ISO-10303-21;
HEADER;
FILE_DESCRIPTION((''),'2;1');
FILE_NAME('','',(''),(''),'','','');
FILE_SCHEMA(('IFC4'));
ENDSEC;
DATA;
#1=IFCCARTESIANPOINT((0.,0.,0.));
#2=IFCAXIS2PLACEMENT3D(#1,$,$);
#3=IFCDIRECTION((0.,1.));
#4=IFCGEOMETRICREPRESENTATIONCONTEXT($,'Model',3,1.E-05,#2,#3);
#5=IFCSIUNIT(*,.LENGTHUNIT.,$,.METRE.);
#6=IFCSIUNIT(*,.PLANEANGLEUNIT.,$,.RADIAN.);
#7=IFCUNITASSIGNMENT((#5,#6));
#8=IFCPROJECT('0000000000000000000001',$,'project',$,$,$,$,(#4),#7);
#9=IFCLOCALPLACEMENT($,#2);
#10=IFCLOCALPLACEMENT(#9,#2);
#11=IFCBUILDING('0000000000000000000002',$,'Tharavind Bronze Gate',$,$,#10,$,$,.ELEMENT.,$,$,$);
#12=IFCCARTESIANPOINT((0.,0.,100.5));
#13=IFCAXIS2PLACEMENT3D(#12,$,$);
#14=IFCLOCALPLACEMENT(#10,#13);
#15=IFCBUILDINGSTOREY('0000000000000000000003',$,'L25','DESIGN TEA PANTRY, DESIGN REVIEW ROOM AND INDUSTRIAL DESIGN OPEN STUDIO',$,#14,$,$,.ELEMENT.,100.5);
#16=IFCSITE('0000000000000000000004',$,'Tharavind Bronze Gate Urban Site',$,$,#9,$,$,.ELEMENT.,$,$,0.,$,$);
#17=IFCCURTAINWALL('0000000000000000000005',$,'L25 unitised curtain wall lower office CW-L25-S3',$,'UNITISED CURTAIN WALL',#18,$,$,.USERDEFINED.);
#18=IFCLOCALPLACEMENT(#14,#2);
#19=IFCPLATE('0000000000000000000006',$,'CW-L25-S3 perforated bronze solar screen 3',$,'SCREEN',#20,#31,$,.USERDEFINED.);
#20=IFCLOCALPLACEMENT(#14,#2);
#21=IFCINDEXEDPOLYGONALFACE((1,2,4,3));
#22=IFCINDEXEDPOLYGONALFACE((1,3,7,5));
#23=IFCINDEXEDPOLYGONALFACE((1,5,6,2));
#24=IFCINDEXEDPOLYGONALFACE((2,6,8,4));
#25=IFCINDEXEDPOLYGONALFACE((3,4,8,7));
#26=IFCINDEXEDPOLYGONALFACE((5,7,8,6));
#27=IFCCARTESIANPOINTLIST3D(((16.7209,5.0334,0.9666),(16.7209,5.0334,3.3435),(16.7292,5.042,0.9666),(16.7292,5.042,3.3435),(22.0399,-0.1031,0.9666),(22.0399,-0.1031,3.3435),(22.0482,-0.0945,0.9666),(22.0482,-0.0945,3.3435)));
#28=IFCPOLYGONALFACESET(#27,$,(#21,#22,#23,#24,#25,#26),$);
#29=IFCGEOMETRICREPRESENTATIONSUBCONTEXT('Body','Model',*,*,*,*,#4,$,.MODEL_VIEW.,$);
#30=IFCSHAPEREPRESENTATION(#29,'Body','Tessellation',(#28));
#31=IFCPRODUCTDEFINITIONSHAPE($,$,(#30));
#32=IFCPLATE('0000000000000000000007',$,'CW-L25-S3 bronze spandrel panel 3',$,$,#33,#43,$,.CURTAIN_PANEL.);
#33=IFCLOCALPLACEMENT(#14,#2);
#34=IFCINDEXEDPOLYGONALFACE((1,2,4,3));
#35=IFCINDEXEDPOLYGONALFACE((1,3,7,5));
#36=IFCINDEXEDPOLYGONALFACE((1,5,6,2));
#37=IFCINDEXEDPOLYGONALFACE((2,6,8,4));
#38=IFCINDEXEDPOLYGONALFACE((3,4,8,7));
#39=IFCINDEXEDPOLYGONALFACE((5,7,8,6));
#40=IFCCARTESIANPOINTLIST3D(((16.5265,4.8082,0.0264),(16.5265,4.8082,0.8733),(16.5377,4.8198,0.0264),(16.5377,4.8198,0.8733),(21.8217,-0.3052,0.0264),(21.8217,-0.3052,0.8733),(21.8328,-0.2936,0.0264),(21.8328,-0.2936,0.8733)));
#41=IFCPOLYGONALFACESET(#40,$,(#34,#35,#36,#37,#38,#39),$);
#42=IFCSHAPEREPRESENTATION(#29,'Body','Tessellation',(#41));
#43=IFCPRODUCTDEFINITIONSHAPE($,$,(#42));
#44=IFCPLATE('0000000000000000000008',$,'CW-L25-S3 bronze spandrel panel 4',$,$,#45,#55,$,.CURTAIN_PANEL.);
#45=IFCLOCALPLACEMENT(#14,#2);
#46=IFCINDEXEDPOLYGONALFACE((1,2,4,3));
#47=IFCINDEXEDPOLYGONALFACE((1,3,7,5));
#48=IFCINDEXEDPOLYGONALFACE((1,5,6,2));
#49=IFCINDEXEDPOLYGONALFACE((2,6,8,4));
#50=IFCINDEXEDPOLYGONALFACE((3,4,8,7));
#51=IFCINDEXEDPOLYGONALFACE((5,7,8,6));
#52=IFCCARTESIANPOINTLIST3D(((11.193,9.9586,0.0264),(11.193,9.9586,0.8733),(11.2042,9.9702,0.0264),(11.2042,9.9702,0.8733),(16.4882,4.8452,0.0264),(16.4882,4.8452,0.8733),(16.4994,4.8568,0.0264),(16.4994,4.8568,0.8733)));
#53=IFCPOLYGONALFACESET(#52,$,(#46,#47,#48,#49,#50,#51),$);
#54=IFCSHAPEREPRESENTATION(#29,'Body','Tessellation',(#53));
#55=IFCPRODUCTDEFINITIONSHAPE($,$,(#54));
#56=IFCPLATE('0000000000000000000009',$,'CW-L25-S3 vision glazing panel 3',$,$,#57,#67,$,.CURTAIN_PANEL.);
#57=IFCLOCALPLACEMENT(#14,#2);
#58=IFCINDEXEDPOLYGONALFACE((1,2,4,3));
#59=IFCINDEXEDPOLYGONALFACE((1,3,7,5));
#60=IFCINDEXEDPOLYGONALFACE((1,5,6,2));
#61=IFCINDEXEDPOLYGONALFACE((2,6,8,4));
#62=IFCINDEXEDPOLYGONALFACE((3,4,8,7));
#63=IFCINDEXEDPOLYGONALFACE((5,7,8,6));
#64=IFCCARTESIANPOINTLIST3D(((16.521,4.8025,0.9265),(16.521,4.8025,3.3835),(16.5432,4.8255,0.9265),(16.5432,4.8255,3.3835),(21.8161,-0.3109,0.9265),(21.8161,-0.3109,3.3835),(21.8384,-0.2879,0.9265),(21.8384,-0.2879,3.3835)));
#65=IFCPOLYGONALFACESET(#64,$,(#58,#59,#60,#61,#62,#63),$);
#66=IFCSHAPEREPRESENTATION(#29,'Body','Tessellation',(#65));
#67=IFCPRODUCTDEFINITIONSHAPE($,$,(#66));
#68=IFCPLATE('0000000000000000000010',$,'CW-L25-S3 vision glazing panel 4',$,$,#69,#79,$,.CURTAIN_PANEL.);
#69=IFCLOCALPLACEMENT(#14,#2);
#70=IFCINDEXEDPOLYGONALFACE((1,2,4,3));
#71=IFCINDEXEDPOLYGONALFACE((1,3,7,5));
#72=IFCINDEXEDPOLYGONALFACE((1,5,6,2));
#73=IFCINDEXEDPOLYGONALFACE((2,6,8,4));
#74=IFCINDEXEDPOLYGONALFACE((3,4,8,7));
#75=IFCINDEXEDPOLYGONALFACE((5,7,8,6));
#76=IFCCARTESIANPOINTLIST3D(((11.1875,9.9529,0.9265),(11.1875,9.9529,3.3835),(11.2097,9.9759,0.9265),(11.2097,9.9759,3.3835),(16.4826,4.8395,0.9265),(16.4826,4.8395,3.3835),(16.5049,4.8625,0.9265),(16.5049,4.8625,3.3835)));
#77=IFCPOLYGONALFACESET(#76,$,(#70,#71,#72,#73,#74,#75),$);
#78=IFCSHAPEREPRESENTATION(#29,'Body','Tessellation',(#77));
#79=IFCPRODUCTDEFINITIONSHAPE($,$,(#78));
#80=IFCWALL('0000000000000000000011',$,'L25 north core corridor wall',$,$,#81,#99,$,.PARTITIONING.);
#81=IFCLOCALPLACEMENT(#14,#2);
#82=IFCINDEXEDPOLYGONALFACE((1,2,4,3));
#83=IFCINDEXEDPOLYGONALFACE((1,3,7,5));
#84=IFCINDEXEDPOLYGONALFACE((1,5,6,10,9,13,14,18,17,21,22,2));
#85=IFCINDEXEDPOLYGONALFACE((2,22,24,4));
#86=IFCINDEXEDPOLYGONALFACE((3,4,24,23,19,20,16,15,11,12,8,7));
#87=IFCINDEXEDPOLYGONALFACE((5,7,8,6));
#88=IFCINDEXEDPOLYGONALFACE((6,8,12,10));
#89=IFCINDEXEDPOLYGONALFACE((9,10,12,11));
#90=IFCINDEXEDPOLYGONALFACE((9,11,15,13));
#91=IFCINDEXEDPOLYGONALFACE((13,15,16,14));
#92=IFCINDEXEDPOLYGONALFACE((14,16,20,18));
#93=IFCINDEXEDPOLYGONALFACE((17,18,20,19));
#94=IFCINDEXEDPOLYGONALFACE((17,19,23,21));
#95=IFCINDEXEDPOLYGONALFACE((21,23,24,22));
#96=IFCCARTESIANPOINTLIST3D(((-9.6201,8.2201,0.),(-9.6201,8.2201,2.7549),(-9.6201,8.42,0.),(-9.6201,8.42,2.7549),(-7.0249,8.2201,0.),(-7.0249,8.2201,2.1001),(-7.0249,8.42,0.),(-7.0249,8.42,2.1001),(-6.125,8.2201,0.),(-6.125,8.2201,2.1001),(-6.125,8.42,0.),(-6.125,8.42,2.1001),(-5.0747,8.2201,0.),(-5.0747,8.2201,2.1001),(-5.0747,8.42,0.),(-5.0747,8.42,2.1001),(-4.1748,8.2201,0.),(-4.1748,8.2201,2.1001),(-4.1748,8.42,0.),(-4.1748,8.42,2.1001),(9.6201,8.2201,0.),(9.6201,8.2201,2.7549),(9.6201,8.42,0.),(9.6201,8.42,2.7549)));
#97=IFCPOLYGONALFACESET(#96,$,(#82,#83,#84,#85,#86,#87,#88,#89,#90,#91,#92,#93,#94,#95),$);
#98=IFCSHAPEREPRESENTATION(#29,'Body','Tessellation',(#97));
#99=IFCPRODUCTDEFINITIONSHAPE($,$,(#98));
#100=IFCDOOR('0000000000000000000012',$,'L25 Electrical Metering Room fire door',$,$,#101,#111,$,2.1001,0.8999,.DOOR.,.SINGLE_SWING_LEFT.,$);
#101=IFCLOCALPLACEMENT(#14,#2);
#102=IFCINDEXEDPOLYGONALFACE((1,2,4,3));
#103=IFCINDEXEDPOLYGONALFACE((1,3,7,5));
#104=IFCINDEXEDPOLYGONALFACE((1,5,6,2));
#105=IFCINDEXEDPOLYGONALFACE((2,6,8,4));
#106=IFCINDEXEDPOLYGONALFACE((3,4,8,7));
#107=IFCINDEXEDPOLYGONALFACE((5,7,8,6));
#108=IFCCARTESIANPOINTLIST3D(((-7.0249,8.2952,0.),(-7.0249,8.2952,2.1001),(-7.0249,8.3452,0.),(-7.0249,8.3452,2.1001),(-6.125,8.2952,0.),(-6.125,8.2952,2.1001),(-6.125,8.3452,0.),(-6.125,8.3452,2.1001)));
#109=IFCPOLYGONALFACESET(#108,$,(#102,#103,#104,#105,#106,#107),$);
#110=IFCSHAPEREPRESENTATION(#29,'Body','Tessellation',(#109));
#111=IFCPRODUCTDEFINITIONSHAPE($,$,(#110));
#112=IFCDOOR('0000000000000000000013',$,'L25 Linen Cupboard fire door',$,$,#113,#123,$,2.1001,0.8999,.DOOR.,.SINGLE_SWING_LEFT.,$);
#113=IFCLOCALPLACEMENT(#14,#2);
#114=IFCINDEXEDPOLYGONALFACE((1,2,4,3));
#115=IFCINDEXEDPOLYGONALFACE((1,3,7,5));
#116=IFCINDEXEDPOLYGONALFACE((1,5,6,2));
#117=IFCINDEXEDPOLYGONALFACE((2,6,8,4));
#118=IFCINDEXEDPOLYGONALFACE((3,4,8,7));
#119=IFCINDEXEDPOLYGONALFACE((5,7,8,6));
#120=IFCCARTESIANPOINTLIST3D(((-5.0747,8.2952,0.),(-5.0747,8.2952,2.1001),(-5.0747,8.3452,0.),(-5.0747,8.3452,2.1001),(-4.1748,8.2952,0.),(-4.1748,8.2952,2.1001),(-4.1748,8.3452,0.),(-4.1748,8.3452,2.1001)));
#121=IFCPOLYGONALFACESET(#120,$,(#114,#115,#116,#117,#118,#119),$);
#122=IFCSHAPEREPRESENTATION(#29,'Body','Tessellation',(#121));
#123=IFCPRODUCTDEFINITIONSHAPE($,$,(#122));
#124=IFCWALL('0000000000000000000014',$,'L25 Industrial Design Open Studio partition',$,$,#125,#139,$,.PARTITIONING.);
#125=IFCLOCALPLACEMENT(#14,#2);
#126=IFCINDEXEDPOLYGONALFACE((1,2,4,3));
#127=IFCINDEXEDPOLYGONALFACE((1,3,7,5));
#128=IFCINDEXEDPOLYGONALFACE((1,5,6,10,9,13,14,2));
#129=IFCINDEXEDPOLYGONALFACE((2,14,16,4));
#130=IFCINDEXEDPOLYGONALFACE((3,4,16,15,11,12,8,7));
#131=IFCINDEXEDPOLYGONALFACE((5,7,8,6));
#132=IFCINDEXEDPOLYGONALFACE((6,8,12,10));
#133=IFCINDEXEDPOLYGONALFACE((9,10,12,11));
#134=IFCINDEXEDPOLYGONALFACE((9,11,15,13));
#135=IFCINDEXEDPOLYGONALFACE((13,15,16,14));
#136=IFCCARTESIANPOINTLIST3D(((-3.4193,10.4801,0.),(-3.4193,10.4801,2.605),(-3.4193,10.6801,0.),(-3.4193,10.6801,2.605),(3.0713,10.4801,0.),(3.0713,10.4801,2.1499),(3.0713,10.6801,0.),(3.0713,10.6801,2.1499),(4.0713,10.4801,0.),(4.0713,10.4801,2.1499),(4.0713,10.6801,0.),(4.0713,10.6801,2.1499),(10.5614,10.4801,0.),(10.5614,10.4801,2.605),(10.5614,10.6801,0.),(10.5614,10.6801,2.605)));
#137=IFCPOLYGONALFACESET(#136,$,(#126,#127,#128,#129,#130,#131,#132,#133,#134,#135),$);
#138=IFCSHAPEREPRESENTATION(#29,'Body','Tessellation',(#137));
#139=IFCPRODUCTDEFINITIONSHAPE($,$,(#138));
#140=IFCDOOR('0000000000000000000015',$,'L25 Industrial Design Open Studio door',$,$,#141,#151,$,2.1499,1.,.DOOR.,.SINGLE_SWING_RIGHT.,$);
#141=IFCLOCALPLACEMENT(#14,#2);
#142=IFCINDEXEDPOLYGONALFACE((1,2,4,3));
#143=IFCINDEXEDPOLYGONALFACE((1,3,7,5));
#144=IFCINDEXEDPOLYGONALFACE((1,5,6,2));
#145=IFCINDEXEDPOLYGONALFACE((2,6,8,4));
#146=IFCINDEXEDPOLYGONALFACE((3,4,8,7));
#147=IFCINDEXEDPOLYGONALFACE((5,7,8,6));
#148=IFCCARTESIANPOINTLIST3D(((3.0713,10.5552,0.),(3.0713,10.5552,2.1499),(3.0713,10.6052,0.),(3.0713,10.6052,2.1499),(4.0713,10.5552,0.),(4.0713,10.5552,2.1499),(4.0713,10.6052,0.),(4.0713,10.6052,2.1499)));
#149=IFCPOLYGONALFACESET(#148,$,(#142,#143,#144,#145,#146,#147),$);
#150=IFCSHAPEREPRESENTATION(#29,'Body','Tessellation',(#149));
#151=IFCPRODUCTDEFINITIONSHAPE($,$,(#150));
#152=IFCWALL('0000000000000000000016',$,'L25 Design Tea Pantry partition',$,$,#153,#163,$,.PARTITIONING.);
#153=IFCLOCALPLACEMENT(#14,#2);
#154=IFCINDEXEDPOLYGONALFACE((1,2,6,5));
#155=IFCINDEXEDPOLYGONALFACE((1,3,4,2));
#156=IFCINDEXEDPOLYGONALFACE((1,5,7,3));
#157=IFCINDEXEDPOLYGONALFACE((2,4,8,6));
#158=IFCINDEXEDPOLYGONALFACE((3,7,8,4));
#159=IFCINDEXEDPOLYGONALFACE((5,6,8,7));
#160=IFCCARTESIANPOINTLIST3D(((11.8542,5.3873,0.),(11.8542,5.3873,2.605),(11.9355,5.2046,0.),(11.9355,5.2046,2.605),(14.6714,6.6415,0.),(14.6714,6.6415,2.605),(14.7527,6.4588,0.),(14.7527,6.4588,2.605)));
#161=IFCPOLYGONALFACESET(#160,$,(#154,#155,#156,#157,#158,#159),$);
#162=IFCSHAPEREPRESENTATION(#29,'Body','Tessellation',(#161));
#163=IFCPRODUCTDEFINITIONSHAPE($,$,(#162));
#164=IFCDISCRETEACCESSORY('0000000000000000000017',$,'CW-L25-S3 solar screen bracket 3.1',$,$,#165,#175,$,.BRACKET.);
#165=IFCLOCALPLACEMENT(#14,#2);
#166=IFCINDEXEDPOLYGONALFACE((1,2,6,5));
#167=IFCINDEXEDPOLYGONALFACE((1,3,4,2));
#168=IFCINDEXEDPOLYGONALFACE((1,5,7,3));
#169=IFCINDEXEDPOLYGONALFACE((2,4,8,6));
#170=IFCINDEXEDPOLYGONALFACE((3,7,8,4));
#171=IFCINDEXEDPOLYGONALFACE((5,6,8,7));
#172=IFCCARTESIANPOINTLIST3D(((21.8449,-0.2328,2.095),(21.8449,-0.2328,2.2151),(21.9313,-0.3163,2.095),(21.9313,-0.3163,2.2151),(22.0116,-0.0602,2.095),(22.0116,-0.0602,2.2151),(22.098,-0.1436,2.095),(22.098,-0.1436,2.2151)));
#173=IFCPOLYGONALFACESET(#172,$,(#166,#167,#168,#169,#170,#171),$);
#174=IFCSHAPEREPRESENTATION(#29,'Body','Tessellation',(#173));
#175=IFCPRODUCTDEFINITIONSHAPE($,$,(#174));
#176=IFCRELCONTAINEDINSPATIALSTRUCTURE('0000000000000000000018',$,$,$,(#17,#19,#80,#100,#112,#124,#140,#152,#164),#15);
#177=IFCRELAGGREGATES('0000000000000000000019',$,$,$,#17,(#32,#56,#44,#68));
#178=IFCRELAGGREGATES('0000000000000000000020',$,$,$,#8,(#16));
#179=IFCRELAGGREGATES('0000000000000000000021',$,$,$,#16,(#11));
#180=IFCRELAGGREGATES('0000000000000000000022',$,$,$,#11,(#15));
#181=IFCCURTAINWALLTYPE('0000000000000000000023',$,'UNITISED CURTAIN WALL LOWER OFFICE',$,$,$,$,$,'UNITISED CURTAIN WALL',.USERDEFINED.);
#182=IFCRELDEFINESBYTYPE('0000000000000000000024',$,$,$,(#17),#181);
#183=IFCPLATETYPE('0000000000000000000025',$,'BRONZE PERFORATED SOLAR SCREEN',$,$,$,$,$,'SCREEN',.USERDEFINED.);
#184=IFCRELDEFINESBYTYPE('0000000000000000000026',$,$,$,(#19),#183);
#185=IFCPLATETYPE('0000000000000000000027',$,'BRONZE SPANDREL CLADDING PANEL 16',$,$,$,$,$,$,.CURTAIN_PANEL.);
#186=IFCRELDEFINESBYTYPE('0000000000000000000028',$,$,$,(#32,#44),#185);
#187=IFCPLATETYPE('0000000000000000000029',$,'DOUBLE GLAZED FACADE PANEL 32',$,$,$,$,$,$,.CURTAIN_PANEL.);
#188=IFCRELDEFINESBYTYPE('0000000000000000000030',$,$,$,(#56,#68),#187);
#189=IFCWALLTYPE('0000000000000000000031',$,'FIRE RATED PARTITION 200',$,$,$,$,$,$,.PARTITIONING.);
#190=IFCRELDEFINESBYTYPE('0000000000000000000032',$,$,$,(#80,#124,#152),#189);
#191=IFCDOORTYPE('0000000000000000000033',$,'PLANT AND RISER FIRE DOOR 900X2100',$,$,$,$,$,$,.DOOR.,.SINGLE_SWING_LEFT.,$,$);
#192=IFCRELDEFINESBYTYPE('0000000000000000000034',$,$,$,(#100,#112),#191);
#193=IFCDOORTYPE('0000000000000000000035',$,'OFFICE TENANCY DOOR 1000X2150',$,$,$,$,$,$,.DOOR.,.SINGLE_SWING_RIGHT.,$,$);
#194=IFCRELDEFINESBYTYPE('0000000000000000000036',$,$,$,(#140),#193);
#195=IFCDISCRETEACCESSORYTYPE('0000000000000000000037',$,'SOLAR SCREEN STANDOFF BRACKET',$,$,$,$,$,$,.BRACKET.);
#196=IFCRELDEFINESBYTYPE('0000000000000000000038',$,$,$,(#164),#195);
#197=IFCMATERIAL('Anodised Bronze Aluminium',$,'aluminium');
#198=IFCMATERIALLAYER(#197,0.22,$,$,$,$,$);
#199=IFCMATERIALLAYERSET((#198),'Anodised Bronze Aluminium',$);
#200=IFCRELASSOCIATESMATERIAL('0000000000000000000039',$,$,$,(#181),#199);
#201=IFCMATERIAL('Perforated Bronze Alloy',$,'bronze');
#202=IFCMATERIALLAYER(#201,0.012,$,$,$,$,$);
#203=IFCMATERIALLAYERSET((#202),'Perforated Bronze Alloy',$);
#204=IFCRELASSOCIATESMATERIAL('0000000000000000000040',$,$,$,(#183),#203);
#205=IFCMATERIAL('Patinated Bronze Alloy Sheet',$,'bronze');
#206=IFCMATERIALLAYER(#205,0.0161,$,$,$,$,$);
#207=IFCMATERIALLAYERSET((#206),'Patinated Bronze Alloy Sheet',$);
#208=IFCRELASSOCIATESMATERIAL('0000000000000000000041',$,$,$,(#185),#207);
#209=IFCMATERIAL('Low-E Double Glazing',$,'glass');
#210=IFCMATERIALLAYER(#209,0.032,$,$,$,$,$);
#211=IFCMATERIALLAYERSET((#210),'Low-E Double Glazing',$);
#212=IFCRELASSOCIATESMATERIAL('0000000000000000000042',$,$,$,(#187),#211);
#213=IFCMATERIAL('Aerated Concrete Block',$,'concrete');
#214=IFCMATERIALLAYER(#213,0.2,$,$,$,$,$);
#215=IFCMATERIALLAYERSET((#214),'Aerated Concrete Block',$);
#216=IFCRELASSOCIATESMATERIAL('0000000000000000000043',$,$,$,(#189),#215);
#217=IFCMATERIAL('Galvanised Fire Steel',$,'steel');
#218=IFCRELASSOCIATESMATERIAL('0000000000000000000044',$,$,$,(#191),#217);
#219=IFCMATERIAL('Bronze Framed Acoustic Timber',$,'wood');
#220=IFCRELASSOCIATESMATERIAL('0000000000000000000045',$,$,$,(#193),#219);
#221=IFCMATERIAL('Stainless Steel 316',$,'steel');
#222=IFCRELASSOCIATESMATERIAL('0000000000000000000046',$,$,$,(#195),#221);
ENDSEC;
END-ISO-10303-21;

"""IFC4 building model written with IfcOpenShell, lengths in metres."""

from ifc_helpers import new_model, si_unit, direction, frame, frame_2d, origin, origin_2d, place, context, subcontext, project, spatial, rectangle, extrude, material, layer, layer_set, type_object, element, fill, aggregate, save


model = new_model("IFC4")

# Units and contexts
model_context = context("Model", 3, precision=1e-05, world=origin(), true_north=direction((0.0, 1.0)))
body_context = subcontext(model_context, "Body", "Model", "MODEL_VIEW")
ifc_project = project(units=[si_unit("LENGTHUNIT", "METRE"), si_unit("PLANEANGLEUNIT", "RADIAN")], contexts=[model_context])

# Site, building, storey
site_placement = place(None, origin())
site = spatial("IfcSite", under=ifc_project, at=site_placement, Name="Tharavind Bronze Gate Urban Site", CompositionType="ELEMENT", RefElevation=0.0)
building_placement = place(site_placement, origin())
building = spatial("IfcBuilding", under=site, at=building_placement, Name="Tharavind Bronze Gate", CompositionType="ELEMENT")
storey_placement = place(building_placement, frame((0.0, 0.0, 100.5)))
storey = spatial("IfcBuildingStorey", under=building, at=storey_placement, Name="L25", Description="DESIGN TEA PANTRY, DESIGN REVIEW ROOM AND INDUSTRIAL DESIGN OPEN STUDIO", CompositionType="ELEMENT", Elevation=100.5)

# Curtain wall
ifc_material_1 = material(Name="Anodised Bronze Aluminium", Category="aluminium")
ifc_layer_1 = layer(ifc_material_1, 0.22)
ifc_layer_set_1 = layer_set([ifc_layer_1], Name="Anodised Bronze Aluminium")
curtain_wall_type = type_object("IfcCurtainWallType", Name="UNITISED CURTAIN WALL LOWER OFFICE", ElementType="UNITISED CURTAIN WALL", PredefinedType="USERDEFINED", material=ifc_layer_set_1)
curtain_wall_placement = place(storey_placement, origin())
curtain_wall = element("IfcCurtainWall", 1, at=curtain_wall_placement, inside=storey, type_object=curtain_wall_type, Name="L25 unitised curtain wall lower office CW-L25-S3", ObjectType="UNITISED CURTAIN WALL", PredefinedType="USERDEFINED")

# Plates
ifc_material_2 = material(Name="Perforated Bronze Alloy", Category="bronze")
ifc_layer_2 = layer(ifc_material_2, 0.012)
ifc_layer_set_2 = layer_set([ifc_layer_2], Name="Perforated Bronze Alloy")
plate_type_1 = type_object("IfcPlateType", Name="BRONZE PERFORATED SOLAR SCREEN", ElementType="SCREEN", PredefinedType="USERDEFINED", material=ifc_layer_set_2)
plate_1_placement = place(storey_placement, frame((19.3845, 2.4695, 0.9666), z_axis=(0.0, 0.0, 1.0), x_axis=(-0.719341, 0.694657, 0.0)))
element("IfcPlate", 2, at=plate_1_placement, inside=storey, type_object=plate_type_1, Name="CW-L25-S3 perforated bronze solar screen 3", ObjectType="SCREEN", PredefinedType="USERDEFINED", context=body_context, shape_type="SweptSolid", body=[
    extrude(rectangle(XDim=7.3943, YDim=0.012, at=origin_2d()), origin(), (0.0, 0.0, 1.0), 2.377),
])
ifc_material_3 = material(Name="Patinated Bronze Alloy Sheet", Category="bronze")
ifc_layer_3 = layer(ifc_material_3, 0.0161)
ifc_layer_set_3 = layer_set([ifc_layer_3], Name="Patinated Bronze Alloy Sheet")
plate_type_2 = type_object("IfcPlateType", Name="BRONZE SPANDREL CLADDING PANEL 16", PredefinedType="CURTAIN_PANEL", material=ifc_layer_set_3)
plate_2_placement = place(storey_placement, frame((19.1797, 2.2573, 0.0264), z_axis=(0.0, 0.0, 1.0), x_axis=(-0.719341, 0.694657, 0.0)))
plate_2 = element("IfcPlate", 3, at=plate_2_placement, type_object=plate_type_2, Name="CW-L25-S3 bronze spandrel panel 3", PredefinedType="CURTAIN_PANEL", context=body_context, shape_type="SweptSolid", body=[
    extrude(rectangle(XDim=7.3611, YDim=0.0161, at=origin_2d()), origin(), (0.0, 0.0, 1.0), 0.8469),
])
plate_3_placement = place(storey_placement, frame((13.8462, 7.4077, 0.0264), z_axis=(0.0, 0.0, 1.0), x_axis=(-0.719341, 0.694657, 0.0)))
plate_3 = element("IfcPlate", 4, at=plate_3_placement, type_object=plate_type_2, Name="CW-L25-S3 bronze spandrel panel 4", PredefinedType="CURTAIN_PANEL", context=body_context, shape_type="SweptSolid", body=[
    extrude(rectangle(XDim=7.3611, YDim=0.0161, at=origin_2d()), origin(), (0.0, 0.0, 1.0), 0.8469),
])
ifc_material_4 = material(Name="Low-E Double Glazing", Category="glass")
ifc_layer_4 = layer(ifc_material_4, 0.032)
ifc_layer_set_4 = layer_set([ifc_layer_4], Name="Low-E Double Glazing")
plate_type_3 = type_object("IfcPlateType", Name="DOUBLE GLAZED FACADE PANEL 32", PredefinedType="CURTAIN_PANEL", material=ifc_layer_set_4)
plate_4_placement = place(storey_placement, frame((19.1797, 2.2573, 0.9265), z_axis=(0.0, 0.0, 1.0), x_axis=(-0.719341, 0.694657, 0.0)))
plate_4 = element("IfcPlate", 5, at=plate_4_placement, type_object=plate_type_3, Name="CW-L25-S3 vision glazing panel 3", PredefinedType="CURTAIN_PANEL", context=body_context, shape_type="SweptSolid", body=[
    extrude(rectangle(XDim=7.3611, YDim=0.032, at=origin_2d()), origin(), (0.0, 0.0, 1.0), 2.457),
])
plate_5_placement = place(storey_placement, frame((13.8462, 7.4077, 0.9265), z_axis=(0.0, 0.0, 1.0), x_axis=(-0.719341, 0.694657, 0.0)))
plate_5 = element("IfcPlate", 6, at=plate_5_placement, type_object=plate_type_3, Name="CW-L25-S3 vision glazing panel 4", PredefinedType="CURTAIN_PANEL", context=body_context, shape_type="SweptSolid", body=[
    extrude(rectangle(XDim=7.3611, YDim=0.032, at=origin_2d()), origin(), (0.0, 0.0, 1.0), 2.457),
])
aggregate(curtain_wall, [plate_2, plate_4, plate_3, plate_5])

# Wall, openings, doors
ifc_material_5 = material(Name="Aerated Concrete Block", Category="concrete")
ifc_layer_5 = layer(ifc_material_5, 0.2)
ifc_layer_set_5 = layer_set([ifc_layer_5], Name="Aerated Concrete Block")
wall_type = type_object("IfcWallType", Name="FIRE RATED PARTITION 200", PredefinedType="PARTITIONING", material=ifc_layer_set_5)
wall_1_placement = place(storey_placement, frame((9.6201, 8.3201, 0.0), z_axis=(0.0, 0.0, 1.0), x_axis=(-1.0, 0.0, 0.0)))
wall_1 = element("IfcWall", 7, at=wall_1_placement, inside=storey, type_object=wall_type, Name="L25 north core corridor wall", PredefinedType="PARTITIONING", context=body_context, shape_type="SweptSolid", body=[
    extrude(rectangle(XDim=19.2402, YDim=0.2, at=frame_2d((9.6201, 0.0))), origin(), (0.0, 0.0, 1.0), 2.7549),
])
opening_1_placement = place(wall_1_placement, frame((15.7451, 0.0, 0.0)))
opening_1 = element("IfcOpeningElement", 8, at=opening_1_placement, cuts=wall_1, PredefinedType="OPENING", context=body_context, shape_type="SweptSolid", body=[
    extrude(rectangle(XDim=0.8999, YDim=2.1001, at=frame_2d((0.45, 1.05))), frame((0.0, 0.1101, 0.0), z_axis=(0.0, -1.0, 0.0), x_axis=(1.0, 0.0, 0.0)), (0.0, 0.0, 1.0), 0.22),
])
opening_2_placement = place(wall_1_placement, frame((13.7949, 0.0, 0.0)))
opening_2 = element("IfcOpeningElement", 9, at=opening_2_placement, cuts=wall_1, PredefinedType="OPENING", context=body_context, shape_type="SweptSolid", body=[
    extrude(rectangle(XDim=0.8999, YDim=2.1001, at=frame_2d((0.45, 1.05))), frame((0.0, 0.1101, 0.0), z_axis=(0.0, -1.0, 0.0), x_axis=(1.0, 0.0, 0.0)), (0.0, 0.0, 1.0), 0.22),
])
ifc_material_6 = material(Name="Galvanised Fire Steel", Category="steel")
door_type_1 = type_object("IfcDoorType", Name="PLANT AND RISER FIRE DOOR 900X2100", OperationType="SINGLE_SWING_LEFT", PredefinedType="DOOR", material=ifc_material_6)
door_1_placement = place(opening_1_placement, origin())
door_1 = element("IfcDoor", 10, at=door_1_placement, inside=storey, type_object=door_type_1, Name="L25 Electrical Metering Room fire door", OperationType="SINGLE_SWING_LEFT", OverallHeight=2.1001, OverallWidth=0.8999, PredefinedType="DOOR", context=body_context, shape_type="SweptSolid", body=[
    extrude(rectangle(XDim=0.8999, YDim=2.1001, at=frame_2d((0.45, 1.05))), frame((0.0, 0.0249, 0.0), z_axis=(0.0, -1.0, 0.0), x_axis=(1.0, 0.0, 0.0)), (0.0, 0.0, 1.0), 0.05),
])
fill(opening_1, door_1)
door_2_placement = place(opening_2_placement, origin())
door_2 = element("IfcDoor", 11, at=door_2_placement, inside=storey, type_object=door_type_1, Name="L25 Linen Cupboard fire door", OperationType="SINGLE_SWING_LEFT", OverallHeight=2.1001, OverallWidth=0.8999, PredefinedType="DOOR", context=body_context, shape_type="SweptSolid", body=[
    extrude(rectangle(XDim=0.8999, YDim=2.1001, at=frame_2d((0.45, 1.05))), frame((0.0, 0.0249, 0.0), z_axis=(0.0, -1.0, 0.0), x_axis=(1.0, 0.0, 0.0)), (0.0, 0.0, 1.0), 0.05),
])
fill(opening_2, door_2)

# Wall, opening, door
wall_2_placement = place(storey_placement, frame((10.5613, 10.5801, 0.0), z_axis=(0.0, 0.0, 1.0), x_axis=(-1.0, 0.0, 0.0)))
wall_2 = element("IfcWall", 12, at=wall_2_placement, inside=storey, type_object=wall_type, Name="L25 Industrial Design Open Studio partition", PredefinedType="PARTITIONING", context=body_context, shape_type="SweptSolid", body=[
    extrude(rectangle(XDim=13.9807, YDim=0.2, at=frame_2d((6.9902, 0.0))), origin(), (0.0, 0.0, 1.0), 2.605),
])
opening_3_placement = place(wall_2_placement, frame((6.49, 0.0, 0.0)))
opening_3 = element("IfcOpeningElement", 13, at=opening_3_placement, cuts=wall_2, PredefinedType="OPENING", context=body_context, shape_type="SweptSolid", body=[
    extrude(rectangle(XDim=1.0, YDim=2.1499, at=frame_2d((0.5, 1.075))), frame((0.0, 0.1101, 0.0), z_axis=(0.0, -1.0, 0.0), x_axis=(1.0, 0.0, 0.0)), (0.0, 0.0, 1.0), 0.22),
])
ifc_material_7 = material(Name="Bronze Framed Acoustic Timber", Category="wood")
door_type_2 = type_object("IfcDoorType", Name="OFFICE TENANCY DOOR 1000X2150", OperationType="SINGLE_SWING_RIGHT", PredefinedType="DOOR", material=ifc_material_7)
door_3_placement = place(opening_3_placement, origin())
door_3 = element("IfcDoor", 14, at=door_3_placement, inside=storey, type_object=door_type_2, Name="L25 Industrial Design Open Studio door", OperationType="SINGLE_SWING_RIGHT", OverallHeight=2.1499, OverallWidth=1.0, PredefinedType="DOOR", context=body_context, shape_type="SweptSolid", body=[
    extrude(rectangle(XDim=1.0, YDim=2.1499, at=frame_2d((0.5, 1.075))), frame((0.0, 0.0249, 0.0), z_axis=(0.0, -1.0, 0.0), x_axis=(1.0, 0.0, 0.0)), (0.0, 0.0, 1.0), 0.05),
])
fill(opening_3, door_3)

# Wall
wall_3_placement = place(storey_placement, frame((11.8948, 5.2959, 0.0), z_axis=(0.0, 0.0, 1.0), x_axis=(0.91356, 0.406704, 0.0)))
element("IfcWall", 15, at=wall_3_placement, inside=storey, type_object=wall_type, Name="L25 Design Tea Pantry partition", PredefinedType="PARTITIONING", context=body_context, shape_type="SweptSolid", body=[
    extrude(rectangle(XDim=3.0837, YDim=0.2, at=frame_2d((1.542, 0.0))), origin(), (0.0, 0.0, 1.0), 2.605),
])

# Discrete accessory
ifc_material_8 = material(Name="Stainless Steel 316", Category="steel")
discrete_accessory_type = type_object("IfcDiscreteAccessoryType", Name="SOLAR SCREEN STANDOFF BRACKET", PredefinedType="BRACKET", material=ifc_material_8)
for number, where, z_axis, x_axis, name in (
    (16, (21.9714, -0.1882, 2.095), (0.0, 0.0, 1.0), (-0.719341, 0.694657, 0.0), "CW-L25-S3 solar screen bracket 3.1"),
):
    element("IfcDiscreteAccessory", number, at=place(storey_placement, frame(where, z_axis=z_axis, x_axis=x_axis)), inside=storey, type_object=discrete_accessory_type, Name=name, PredefinedType="BRACKET", context=body_context, shape_type="SweptSolid", body=[
        extrude(rectangle(XDim=0.1201, YDim=0.24, at=origin_2d()), origin(), (0.0, 0.0, 1.0), 0.1201),
    ])

save(model, "model.ifc")
